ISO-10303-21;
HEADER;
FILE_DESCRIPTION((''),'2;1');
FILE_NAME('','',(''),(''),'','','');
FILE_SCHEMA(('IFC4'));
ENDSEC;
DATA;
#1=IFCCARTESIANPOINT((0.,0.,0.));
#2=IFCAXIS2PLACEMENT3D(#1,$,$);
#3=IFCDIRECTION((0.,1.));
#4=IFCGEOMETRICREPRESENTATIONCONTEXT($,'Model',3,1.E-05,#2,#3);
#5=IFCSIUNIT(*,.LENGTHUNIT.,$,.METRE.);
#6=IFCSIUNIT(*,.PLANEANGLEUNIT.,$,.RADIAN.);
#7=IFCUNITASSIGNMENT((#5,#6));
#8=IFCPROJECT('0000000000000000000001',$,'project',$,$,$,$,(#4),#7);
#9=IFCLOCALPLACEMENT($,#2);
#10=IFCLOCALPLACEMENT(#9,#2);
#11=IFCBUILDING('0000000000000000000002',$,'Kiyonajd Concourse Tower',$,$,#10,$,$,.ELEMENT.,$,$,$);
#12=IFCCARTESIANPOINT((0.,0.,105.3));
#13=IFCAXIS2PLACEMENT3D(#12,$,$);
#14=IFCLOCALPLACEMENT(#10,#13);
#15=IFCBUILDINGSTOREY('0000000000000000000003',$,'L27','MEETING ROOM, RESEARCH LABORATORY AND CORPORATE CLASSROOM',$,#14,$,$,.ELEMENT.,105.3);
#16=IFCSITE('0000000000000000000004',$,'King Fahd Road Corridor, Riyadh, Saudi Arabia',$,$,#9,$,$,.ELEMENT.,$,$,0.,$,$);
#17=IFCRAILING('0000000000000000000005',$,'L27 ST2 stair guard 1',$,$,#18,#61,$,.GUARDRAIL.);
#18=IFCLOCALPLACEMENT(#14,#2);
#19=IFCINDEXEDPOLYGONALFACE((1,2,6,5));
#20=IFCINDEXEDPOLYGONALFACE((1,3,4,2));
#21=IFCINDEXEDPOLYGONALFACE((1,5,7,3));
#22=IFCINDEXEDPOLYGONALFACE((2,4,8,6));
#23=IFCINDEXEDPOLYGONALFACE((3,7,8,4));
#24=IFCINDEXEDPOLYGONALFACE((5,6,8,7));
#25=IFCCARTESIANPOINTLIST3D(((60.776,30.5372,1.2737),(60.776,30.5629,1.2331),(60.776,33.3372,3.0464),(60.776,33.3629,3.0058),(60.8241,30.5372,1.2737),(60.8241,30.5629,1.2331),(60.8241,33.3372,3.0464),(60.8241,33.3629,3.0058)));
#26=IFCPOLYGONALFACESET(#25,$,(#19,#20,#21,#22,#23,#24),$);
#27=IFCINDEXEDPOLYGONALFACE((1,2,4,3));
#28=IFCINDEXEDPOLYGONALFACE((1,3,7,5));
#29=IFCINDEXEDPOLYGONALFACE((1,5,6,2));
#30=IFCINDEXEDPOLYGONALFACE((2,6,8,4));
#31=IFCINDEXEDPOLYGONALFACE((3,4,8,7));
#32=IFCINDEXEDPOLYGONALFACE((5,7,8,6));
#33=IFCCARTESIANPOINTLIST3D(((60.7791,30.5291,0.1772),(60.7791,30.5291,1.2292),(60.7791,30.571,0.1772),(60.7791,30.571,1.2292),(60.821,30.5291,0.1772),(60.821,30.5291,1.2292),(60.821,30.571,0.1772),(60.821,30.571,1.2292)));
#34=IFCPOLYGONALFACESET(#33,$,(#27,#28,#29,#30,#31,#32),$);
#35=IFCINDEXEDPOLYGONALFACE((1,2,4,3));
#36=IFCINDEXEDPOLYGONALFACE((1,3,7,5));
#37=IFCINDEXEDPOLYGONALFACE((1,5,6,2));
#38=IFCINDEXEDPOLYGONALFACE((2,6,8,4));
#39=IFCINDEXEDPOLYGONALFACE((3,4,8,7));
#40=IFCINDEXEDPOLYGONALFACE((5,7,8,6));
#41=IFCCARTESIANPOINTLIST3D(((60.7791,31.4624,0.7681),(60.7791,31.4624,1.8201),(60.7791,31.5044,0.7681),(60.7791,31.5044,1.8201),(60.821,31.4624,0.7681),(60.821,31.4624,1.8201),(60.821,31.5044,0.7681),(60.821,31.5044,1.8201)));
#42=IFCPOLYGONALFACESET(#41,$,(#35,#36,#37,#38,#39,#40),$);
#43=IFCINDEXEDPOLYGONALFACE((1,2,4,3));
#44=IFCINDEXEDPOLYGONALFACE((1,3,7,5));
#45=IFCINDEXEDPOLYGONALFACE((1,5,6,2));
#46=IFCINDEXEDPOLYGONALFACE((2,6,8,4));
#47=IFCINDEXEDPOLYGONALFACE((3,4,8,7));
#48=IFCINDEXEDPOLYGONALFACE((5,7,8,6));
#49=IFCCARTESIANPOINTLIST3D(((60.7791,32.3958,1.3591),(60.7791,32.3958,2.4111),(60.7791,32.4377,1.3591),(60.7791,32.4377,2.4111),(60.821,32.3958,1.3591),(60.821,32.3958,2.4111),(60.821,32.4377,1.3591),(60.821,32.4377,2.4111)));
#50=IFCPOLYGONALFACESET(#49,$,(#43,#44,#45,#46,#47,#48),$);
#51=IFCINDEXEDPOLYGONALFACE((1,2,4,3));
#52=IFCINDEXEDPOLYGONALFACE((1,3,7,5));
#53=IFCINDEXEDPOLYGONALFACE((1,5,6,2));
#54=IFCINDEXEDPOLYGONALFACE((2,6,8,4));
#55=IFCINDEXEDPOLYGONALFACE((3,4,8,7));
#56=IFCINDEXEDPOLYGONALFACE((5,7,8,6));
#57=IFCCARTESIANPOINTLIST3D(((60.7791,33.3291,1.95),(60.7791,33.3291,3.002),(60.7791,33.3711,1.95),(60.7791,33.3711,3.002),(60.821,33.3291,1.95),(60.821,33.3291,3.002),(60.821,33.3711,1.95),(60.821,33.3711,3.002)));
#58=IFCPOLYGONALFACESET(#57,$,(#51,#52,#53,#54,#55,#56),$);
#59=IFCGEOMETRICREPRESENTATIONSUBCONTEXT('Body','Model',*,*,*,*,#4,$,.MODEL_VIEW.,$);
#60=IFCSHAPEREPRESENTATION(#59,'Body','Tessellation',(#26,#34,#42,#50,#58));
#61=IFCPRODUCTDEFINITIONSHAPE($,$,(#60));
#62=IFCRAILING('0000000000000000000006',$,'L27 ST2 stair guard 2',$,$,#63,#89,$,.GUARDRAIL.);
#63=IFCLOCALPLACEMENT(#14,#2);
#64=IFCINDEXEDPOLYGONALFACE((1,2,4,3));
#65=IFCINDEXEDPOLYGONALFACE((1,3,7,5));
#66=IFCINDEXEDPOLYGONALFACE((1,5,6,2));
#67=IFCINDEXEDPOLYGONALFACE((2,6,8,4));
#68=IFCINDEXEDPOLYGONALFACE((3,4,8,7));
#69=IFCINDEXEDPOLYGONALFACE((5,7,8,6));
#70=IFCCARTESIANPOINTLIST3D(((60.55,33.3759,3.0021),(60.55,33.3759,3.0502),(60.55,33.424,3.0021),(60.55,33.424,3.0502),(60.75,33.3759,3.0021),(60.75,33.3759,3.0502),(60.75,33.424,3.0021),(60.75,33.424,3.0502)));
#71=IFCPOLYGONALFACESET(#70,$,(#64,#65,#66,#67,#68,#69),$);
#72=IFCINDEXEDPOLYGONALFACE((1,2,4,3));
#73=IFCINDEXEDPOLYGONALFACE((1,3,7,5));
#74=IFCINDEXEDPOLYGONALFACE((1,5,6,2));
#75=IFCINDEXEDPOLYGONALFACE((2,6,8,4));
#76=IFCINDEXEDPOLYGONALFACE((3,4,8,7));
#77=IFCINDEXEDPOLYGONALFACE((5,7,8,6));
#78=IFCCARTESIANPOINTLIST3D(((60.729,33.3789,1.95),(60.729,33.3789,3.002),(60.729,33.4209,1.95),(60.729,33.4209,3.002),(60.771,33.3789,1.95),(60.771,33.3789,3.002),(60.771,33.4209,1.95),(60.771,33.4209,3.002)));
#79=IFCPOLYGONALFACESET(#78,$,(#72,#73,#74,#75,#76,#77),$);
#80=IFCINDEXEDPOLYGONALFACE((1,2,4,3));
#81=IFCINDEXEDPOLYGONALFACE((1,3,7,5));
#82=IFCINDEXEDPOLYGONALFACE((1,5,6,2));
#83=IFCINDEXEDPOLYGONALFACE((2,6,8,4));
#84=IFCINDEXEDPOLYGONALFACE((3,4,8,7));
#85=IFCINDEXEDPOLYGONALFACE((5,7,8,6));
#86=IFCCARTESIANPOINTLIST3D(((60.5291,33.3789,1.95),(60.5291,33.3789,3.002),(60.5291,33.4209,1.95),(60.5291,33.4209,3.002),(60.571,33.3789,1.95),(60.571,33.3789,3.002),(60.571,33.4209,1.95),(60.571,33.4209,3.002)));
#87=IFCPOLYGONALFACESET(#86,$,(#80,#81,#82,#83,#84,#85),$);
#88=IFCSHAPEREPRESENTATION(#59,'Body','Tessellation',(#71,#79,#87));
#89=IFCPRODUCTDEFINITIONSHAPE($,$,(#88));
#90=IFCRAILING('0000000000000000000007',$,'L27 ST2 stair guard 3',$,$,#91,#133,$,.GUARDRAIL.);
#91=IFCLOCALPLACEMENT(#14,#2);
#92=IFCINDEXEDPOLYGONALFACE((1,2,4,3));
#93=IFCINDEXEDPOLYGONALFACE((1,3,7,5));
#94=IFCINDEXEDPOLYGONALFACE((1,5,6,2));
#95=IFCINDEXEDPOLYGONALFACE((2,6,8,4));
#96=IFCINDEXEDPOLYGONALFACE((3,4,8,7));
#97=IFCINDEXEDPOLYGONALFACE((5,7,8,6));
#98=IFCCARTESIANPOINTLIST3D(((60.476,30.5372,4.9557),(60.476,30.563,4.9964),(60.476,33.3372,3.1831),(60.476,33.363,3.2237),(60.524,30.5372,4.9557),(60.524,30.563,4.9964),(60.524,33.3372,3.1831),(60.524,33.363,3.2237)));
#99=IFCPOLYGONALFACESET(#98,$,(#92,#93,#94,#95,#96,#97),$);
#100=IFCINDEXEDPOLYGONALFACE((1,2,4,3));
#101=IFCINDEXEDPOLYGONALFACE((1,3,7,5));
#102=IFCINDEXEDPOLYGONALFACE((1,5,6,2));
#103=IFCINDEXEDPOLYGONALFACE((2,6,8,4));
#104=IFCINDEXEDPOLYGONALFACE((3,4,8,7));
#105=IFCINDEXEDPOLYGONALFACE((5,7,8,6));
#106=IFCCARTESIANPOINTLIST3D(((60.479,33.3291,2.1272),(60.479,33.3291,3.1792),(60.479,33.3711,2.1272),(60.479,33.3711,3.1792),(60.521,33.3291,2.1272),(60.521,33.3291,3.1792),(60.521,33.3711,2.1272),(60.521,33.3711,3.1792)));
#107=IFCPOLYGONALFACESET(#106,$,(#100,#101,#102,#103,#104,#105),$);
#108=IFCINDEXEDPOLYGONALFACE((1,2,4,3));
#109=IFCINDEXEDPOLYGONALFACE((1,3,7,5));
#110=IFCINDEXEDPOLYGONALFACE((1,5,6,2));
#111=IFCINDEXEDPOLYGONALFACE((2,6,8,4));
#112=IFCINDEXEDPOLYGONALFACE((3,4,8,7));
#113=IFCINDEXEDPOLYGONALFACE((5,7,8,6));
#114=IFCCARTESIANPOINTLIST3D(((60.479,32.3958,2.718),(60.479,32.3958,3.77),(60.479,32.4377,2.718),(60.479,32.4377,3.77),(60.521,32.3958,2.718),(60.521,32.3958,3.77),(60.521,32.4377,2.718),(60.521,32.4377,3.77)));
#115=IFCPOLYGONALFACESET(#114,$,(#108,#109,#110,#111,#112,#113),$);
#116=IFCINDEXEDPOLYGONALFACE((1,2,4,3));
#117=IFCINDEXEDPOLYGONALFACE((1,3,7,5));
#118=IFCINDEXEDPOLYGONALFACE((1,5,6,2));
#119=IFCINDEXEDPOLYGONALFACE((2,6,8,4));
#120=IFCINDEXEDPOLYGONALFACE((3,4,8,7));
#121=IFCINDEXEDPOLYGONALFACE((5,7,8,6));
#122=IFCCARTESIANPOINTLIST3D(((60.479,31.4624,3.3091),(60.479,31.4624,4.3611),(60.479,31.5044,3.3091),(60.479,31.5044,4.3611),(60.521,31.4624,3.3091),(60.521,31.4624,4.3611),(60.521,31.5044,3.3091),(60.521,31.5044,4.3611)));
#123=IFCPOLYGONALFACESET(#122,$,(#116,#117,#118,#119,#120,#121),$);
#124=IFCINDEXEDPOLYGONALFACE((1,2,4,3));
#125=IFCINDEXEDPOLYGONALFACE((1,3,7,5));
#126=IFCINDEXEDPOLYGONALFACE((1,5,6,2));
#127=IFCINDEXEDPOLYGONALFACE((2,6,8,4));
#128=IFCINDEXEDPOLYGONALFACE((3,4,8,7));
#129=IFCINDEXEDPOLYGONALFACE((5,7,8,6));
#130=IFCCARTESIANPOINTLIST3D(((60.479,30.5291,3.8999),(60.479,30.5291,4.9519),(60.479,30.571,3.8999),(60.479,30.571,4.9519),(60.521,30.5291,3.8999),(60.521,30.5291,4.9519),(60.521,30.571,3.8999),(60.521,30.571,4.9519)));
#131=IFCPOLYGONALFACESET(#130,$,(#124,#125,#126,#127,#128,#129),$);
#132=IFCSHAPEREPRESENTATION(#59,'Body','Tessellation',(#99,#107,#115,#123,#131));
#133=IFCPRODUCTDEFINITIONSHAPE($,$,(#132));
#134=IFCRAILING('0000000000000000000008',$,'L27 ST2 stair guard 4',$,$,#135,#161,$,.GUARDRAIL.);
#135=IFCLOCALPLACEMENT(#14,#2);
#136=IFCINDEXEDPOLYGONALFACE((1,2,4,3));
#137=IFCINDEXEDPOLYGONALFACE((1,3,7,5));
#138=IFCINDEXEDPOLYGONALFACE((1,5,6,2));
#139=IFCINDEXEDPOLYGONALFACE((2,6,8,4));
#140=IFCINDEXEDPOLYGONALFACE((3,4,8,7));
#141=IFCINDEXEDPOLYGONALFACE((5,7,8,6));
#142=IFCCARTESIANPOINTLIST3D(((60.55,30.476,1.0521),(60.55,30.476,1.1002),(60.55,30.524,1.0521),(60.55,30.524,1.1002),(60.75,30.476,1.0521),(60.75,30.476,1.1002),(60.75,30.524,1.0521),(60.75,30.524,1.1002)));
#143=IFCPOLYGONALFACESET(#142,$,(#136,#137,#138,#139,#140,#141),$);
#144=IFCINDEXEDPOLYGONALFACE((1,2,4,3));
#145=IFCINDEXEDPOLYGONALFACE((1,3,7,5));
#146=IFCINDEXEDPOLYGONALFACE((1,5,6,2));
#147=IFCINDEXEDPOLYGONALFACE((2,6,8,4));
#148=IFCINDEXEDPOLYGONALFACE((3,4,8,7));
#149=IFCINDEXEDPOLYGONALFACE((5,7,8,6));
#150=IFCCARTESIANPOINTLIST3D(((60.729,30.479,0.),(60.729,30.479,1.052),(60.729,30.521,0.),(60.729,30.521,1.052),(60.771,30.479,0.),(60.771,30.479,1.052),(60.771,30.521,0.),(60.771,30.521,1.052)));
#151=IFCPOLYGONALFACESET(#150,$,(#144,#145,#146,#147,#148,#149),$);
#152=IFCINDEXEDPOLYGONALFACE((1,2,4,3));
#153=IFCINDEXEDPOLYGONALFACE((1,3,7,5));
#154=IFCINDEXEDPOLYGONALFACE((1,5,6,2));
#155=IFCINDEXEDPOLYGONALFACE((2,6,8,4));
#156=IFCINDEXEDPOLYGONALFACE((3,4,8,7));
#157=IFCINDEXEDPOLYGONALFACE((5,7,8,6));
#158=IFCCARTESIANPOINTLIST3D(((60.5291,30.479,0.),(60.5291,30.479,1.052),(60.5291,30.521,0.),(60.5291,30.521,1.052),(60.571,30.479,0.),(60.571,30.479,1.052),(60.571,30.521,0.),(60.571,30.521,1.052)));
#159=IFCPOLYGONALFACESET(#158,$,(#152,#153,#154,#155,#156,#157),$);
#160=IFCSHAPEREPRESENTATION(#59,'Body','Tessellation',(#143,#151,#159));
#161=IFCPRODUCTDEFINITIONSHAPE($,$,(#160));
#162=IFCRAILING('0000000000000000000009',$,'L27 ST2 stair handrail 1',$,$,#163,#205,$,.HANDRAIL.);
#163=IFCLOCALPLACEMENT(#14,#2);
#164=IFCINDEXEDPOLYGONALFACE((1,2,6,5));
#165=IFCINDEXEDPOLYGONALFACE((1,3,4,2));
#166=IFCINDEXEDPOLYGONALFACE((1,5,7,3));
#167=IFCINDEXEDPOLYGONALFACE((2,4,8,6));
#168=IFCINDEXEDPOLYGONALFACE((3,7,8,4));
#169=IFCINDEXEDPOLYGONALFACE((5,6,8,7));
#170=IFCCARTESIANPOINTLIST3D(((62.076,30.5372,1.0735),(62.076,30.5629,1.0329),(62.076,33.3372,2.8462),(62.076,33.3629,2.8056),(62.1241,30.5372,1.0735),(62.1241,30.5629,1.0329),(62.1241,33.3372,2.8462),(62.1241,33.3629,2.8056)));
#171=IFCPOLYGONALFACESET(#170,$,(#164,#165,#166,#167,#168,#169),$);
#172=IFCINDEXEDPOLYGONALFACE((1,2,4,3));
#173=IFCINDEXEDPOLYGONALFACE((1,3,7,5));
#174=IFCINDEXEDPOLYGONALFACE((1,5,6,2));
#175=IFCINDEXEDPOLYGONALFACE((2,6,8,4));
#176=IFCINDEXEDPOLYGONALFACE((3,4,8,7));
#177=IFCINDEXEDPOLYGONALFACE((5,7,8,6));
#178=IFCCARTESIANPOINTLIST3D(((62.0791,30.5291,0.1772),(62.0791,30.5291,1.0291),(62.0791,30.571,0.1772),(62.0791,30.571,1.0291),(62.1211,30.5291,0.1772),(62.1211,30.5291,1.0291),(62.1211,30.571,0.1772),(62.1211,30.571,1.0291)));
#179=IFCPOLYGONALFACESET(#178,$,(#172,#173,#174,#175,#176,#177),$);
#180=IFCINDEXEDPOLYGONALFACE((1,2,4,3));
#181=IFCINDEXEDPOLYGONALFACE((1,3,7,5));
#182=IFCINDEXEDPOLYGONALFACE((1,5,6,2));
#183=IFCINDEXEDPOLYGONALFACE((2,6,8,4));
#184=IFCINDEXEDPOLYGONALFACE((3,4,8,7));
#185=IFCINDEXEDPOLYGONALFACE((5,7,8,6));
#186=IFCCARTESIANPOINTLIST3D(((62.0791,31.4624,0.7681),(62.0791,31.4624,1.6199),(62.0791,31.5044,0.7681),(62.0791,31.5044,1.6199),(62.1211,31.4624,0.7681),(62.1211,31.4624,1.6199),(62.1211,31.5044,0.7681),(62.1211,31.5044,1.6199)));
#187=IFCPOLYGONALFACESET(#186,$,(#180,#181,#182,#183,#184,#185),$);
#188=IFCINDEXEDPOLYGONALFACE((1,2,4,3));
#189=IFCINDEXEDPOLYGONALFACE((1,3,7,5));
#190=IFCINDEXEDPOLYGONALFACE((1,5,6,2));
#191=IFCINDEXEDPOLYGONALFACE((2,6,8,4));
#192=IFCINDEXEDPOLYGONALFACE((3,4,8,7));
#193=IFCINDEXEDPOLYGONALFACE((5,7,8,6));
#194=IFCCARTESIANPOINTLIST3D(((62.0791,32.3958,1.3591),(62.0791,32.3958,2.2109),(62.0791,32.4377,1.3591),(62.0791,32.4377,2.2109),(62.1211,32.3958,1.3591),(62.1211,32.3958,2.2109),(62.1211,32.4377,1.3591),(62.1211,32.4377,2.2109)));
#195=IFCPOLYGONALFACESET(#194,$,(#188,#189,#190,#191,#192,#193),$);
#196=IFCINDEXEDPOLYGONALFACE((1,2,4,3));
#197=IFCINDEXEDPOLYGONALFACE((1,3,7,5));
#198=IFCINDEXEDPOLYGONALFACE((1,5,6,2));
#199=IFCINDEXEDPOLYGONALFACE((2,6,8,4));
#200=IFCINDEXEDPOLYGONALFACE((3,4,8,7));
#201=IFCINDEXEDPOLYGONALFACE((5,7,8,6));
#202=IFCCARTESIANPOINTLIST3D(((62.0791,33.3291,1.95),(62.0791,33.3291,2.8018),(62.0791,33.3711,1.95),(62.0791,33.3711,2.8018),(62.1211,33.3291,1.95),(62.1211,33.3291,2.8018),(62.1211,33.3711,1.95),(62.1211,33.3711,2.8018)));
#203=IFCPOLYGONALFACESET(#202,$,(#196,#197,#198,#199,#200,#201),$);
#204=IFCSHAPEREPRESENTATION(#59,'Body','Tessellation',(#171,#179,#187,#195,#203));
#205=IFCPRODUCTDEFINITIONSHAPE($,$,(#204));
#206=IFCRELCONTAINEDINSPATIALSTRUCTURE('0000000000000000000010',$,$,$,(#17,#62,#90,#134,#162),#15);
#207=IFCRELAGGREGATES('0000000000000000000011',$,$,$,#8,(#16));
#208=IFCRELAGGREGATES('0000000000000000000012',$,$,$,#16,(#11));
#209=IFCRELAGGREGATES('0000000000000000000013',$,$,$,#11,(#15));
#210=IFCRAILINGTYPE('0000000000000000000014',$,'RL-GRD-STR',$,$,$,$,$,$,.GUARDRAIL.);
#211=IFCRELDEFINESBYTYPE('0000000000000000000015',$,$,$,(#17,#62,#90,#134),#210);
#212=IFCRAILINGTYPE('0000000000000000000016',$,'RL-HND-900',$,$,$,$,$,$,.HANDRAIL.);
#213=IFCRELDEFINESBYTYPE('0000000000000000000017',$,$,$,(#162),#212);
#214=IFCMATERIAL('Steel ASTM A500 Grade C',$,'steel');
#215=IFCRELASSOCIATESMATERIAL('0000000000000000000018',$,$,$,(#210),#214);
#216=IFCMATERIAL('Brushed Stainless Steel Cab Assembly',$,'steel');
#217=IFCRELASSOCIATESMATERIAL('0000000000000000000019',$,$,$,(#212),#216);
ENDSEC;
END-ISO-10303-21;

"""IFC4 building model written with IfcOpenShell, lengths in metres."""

from ifc_helpers import new_model, si_unit, direction, frame, origin, origin_2d, place, context, subcontext, project, spatial, rectangle, extrude, material, type_object, element, save


model = new_model("IFC4")

# Units and contexts
model_context = context("Model", 3, precision=1e-05, world=origin(), true_north=direction((0.0, 1.0)))
body_context = subcontext(model_context, "Body", "Model", "MODEL_VIEW")
ifc_project = project(units=[si_unit("LENGTHUNIT", "METRE"), si_unit("PLANEANGLEUNIT", "RADIAN")], contexts=[model_context])

# Site, building, storey
site_placement = place(None, origin())
site = spatial("IfcSite", under=ifc_project, at=site_placement, Name="King Fahd Road Corridor, Riyadh, Saudi Arabia", CompositionType="ELEMENT", RefElevation=0.0)
building_placement = place(site_placement, origin())
building = spatial("IfcBuilding", under=site, at=building_placement, Name="Kiyonajd Concourse Tower", CompositionType="ELEMENT")
storey_placement = place(building_placement, frame((0.0, 0.0, 105.3)))
storey = spatial("IfcBuildingStorey", under=building, at=storey_placement, Name="L27", Description="MEETING ROOM, RESEARCH LABORATORY AND CORPORATE CLASSROOM", CompositionType="ELEMENT", Elevation=105.3)

# Railings
ifc_material_1 = material(Name="Steel ASTM A500 Grade C", Category="steel")
railing_type_1 = type_object("IfcRailingType", Name="RL-GRD-STR", PredefinedType="GUARDRAIL", material=ifc_material_1)
railing_1_placement = place(storey_placement, frame((60.8, 30.55, 0.1772)))
element("IfcRailing", 1, at=railing_1_placement, inside=storey, type_object=railing_type_1, Name="L27 ST2 stair guard 1", PredefinedType="GUARDRAIL", context=body_context, shape_type="SweptSolid", body=[
    extrude(rectangle(XDim=0.0481, YDim=0.0481, at=origin_2d()), frame((0.0, 0.0, 1.0762), z_axis=(0.0, 0.844909, 0.53491), x_axis=(-1.0, 0.0, 0.0)), (0.0, 0.0, 1.0), 3.314),
    extrude(rectangle(XDim=0.042, YDim=0.042, at=origin_2d()), origin(), (0.0, 0.0, 1.0), 1.052),
    extrude(rectangle(XDim=0.042, YDim=0.042, at=origin_2d()), frame((0.0, 0.9333, 0.5908)), (0.0, 0.0, 1.0), 1.052),
    extrude(rectangle(XDim=0.042, YDim=0.042, at=origin_2d()), frame((0.0, 1.8667, 1.1819)), (0.0, 0.0, 1.0), 1.052),
    extrude(rectangle(XDim=0.042, YDim=0.042, at=origin_2d()), frame((0.0, 2.8, 1.7727)), (0.0, 0.0, 1.0), 1.052),
])
railing_2_placement = place(storey_placement, frame((60.75, 33.3999, 1.95)))
element("IfcRailing", 2, at=railing_2_placement, inside=storey, type_object=railing_type_1, Name="L27 ST2 stair guard 2", PredefinedType="GUARDRAIL", context=body_context, shape_type="SweptSolid", body=[
    extrude(rectangle(XDim=0.0481, YDim=0.0481, at=origin_2d()), frame((0.0, 0.0, 1.0762), z_axis=(-1.0, 0.0, 0.0), x_axis=(0.0, -1.0, 0.0)), (0.0, 0.0, 1.0), 0.2),
    extrude(rectangle(XDim=0.042, YDim=0.042, at=origin_2d()), origin(), (0.0, 0.0, 1.0), 1.052),
    extrude(rectangle(XDim=0.042, YDim=0.042, at=origin_2d()), frame((-0.2, 0.0, 0.0)), (0.0, 0.0, 1.0), 1.052),
])
railing_3_placement = place(storey_placement, frame((60.5, 33.3501, 2.1272)))
element("IfcRailing", 3, at=railing_3_placement, inside=storey, type_object=railing_type_1, Name="L27 ST2 stair guard 3", PredefinedType="GUARDRAIL", context=body_context, shape_type="SweptSolid", body=[
    extrude(rectangle(XDim=0.0481, YDim=0.0481, at=origin_2d()), frame((0.0, 0.0, 1.0762), z_axis=(0.0, -0.844909, 0.53491), x_axis=(1.0, 0.0, 0.0)), (0.0, 0.0, 1.0), 3.314),
    extrude(rectangle(XDim=0.042, YDim=0.042, at=origin_2d()), origin(), (0.0, 0.0, 1.0), 1.052),
    extrude(rectangle(XDim=0.042, YDim=0.042, at=origin_2d()), frame((0.0, -0.9333, 0.5908)), (0.0, 0.0, 1.0), 1.052),
    extrude(rectangle(XDim=0.042, YDim=0.042, at=origin_2d()), frame((0.0, -1.8667, 1.1819)), (0.0, 0.0, 1.0), 1.052),
    extrude(rectangle(XDim=0.042, YDim=0.042, at=origin_2d()), frame((0.0, -2.8, 1.7727)), (0.0, 0.0, 1.0), 1.052),
])
railing_4_placement = place(storey_placement, frame((60.75, 30.5, 0.0)))
element("IfcRailing", 4, at=railing_4_placement, inside=storey, type_object=railing_type_1, Name="L27 ST2 stair guard 4", PredefinedType="GUARDRAIL", context=body_context, shape_type="SweptSolid", body=[
    extrude(rectangle(XDim=0.0481, YDim=0.0481, at=origin_2d()), frame((0.0, 0.0, 1.0762), z_axis=(-1.0, 0.0, 0.0), x_axis=(0.0, -1.0, 0.0)), (0.0, 0.0, 1.0), 0.2),
    extrude(rectangle(XDim=0.042, YDim=0.042, at=origin_2d()), origin(), (0.0, 0.0, 1.0), 1.052),
    extrude(rectangle(XDim=0.042, YDim=0.042, at=origin_2d()), frame((-0.2, 0.0, 0.0)), (0.0, 0.0, 1.0), 1.052),
])
ifc_material_2 = material(Name="Brushed Stainless Steel Cab Assembly", Category="steel")
railing_type_2 = type_object("IfcRailingType", Name="RL-HND-900", PredefinedType="HANDRAIL", material=ifc_material_2)
railing_5_placement = place(storey_placement, frame((62.1001, 30.55, 0.1772)))
element("IfcRailing", 5, at=railing_5_placement, inside=storey, type_object=railing_type_2, Name="L27 ST2 stair handrail 1", PredefinedType="HANDRAIL", context=body_context, shape_type="SweptSolid", body=[
    extrude(rectangle(XDim=0.0481, YDim=0.0481, at=origin_2d()), frame((0.0, 0.0, 0.876), z_axis=(0.0, 0.844909, 0.53491), x_axis=(-1.0, 0.0, 0.0)), (0.0, 0.0, 1.0), 3.314),
    extrude(rectangle(XDim=0.042, YDim=0.042, at=origin_2d()), origin(), (0.0, 0.0, 1.0), 0.8518),
    extrude(rectangle(XDim=0.042, YDim=0.042, at=origin_2d()), frame((0.0, 0.9333, 0.5908)), (0.0, 0.0, 1.0), 0.8518),
    extrude(rectangle(XDim=0.042, YDim=0.042, at=origin_2d()), frame((0.0, 1.8667, 1.1819)), (0.0, 0.0, 1.0), 0.8518),
    extrude(rectangle(XDim=0.042, YDim=0.042, at=origin_2d()), frame((0.0, 2.8, 1.7727)), (0.0, 0.0, 1.0), 0.8518),
])

save(model, "model.ifc")
